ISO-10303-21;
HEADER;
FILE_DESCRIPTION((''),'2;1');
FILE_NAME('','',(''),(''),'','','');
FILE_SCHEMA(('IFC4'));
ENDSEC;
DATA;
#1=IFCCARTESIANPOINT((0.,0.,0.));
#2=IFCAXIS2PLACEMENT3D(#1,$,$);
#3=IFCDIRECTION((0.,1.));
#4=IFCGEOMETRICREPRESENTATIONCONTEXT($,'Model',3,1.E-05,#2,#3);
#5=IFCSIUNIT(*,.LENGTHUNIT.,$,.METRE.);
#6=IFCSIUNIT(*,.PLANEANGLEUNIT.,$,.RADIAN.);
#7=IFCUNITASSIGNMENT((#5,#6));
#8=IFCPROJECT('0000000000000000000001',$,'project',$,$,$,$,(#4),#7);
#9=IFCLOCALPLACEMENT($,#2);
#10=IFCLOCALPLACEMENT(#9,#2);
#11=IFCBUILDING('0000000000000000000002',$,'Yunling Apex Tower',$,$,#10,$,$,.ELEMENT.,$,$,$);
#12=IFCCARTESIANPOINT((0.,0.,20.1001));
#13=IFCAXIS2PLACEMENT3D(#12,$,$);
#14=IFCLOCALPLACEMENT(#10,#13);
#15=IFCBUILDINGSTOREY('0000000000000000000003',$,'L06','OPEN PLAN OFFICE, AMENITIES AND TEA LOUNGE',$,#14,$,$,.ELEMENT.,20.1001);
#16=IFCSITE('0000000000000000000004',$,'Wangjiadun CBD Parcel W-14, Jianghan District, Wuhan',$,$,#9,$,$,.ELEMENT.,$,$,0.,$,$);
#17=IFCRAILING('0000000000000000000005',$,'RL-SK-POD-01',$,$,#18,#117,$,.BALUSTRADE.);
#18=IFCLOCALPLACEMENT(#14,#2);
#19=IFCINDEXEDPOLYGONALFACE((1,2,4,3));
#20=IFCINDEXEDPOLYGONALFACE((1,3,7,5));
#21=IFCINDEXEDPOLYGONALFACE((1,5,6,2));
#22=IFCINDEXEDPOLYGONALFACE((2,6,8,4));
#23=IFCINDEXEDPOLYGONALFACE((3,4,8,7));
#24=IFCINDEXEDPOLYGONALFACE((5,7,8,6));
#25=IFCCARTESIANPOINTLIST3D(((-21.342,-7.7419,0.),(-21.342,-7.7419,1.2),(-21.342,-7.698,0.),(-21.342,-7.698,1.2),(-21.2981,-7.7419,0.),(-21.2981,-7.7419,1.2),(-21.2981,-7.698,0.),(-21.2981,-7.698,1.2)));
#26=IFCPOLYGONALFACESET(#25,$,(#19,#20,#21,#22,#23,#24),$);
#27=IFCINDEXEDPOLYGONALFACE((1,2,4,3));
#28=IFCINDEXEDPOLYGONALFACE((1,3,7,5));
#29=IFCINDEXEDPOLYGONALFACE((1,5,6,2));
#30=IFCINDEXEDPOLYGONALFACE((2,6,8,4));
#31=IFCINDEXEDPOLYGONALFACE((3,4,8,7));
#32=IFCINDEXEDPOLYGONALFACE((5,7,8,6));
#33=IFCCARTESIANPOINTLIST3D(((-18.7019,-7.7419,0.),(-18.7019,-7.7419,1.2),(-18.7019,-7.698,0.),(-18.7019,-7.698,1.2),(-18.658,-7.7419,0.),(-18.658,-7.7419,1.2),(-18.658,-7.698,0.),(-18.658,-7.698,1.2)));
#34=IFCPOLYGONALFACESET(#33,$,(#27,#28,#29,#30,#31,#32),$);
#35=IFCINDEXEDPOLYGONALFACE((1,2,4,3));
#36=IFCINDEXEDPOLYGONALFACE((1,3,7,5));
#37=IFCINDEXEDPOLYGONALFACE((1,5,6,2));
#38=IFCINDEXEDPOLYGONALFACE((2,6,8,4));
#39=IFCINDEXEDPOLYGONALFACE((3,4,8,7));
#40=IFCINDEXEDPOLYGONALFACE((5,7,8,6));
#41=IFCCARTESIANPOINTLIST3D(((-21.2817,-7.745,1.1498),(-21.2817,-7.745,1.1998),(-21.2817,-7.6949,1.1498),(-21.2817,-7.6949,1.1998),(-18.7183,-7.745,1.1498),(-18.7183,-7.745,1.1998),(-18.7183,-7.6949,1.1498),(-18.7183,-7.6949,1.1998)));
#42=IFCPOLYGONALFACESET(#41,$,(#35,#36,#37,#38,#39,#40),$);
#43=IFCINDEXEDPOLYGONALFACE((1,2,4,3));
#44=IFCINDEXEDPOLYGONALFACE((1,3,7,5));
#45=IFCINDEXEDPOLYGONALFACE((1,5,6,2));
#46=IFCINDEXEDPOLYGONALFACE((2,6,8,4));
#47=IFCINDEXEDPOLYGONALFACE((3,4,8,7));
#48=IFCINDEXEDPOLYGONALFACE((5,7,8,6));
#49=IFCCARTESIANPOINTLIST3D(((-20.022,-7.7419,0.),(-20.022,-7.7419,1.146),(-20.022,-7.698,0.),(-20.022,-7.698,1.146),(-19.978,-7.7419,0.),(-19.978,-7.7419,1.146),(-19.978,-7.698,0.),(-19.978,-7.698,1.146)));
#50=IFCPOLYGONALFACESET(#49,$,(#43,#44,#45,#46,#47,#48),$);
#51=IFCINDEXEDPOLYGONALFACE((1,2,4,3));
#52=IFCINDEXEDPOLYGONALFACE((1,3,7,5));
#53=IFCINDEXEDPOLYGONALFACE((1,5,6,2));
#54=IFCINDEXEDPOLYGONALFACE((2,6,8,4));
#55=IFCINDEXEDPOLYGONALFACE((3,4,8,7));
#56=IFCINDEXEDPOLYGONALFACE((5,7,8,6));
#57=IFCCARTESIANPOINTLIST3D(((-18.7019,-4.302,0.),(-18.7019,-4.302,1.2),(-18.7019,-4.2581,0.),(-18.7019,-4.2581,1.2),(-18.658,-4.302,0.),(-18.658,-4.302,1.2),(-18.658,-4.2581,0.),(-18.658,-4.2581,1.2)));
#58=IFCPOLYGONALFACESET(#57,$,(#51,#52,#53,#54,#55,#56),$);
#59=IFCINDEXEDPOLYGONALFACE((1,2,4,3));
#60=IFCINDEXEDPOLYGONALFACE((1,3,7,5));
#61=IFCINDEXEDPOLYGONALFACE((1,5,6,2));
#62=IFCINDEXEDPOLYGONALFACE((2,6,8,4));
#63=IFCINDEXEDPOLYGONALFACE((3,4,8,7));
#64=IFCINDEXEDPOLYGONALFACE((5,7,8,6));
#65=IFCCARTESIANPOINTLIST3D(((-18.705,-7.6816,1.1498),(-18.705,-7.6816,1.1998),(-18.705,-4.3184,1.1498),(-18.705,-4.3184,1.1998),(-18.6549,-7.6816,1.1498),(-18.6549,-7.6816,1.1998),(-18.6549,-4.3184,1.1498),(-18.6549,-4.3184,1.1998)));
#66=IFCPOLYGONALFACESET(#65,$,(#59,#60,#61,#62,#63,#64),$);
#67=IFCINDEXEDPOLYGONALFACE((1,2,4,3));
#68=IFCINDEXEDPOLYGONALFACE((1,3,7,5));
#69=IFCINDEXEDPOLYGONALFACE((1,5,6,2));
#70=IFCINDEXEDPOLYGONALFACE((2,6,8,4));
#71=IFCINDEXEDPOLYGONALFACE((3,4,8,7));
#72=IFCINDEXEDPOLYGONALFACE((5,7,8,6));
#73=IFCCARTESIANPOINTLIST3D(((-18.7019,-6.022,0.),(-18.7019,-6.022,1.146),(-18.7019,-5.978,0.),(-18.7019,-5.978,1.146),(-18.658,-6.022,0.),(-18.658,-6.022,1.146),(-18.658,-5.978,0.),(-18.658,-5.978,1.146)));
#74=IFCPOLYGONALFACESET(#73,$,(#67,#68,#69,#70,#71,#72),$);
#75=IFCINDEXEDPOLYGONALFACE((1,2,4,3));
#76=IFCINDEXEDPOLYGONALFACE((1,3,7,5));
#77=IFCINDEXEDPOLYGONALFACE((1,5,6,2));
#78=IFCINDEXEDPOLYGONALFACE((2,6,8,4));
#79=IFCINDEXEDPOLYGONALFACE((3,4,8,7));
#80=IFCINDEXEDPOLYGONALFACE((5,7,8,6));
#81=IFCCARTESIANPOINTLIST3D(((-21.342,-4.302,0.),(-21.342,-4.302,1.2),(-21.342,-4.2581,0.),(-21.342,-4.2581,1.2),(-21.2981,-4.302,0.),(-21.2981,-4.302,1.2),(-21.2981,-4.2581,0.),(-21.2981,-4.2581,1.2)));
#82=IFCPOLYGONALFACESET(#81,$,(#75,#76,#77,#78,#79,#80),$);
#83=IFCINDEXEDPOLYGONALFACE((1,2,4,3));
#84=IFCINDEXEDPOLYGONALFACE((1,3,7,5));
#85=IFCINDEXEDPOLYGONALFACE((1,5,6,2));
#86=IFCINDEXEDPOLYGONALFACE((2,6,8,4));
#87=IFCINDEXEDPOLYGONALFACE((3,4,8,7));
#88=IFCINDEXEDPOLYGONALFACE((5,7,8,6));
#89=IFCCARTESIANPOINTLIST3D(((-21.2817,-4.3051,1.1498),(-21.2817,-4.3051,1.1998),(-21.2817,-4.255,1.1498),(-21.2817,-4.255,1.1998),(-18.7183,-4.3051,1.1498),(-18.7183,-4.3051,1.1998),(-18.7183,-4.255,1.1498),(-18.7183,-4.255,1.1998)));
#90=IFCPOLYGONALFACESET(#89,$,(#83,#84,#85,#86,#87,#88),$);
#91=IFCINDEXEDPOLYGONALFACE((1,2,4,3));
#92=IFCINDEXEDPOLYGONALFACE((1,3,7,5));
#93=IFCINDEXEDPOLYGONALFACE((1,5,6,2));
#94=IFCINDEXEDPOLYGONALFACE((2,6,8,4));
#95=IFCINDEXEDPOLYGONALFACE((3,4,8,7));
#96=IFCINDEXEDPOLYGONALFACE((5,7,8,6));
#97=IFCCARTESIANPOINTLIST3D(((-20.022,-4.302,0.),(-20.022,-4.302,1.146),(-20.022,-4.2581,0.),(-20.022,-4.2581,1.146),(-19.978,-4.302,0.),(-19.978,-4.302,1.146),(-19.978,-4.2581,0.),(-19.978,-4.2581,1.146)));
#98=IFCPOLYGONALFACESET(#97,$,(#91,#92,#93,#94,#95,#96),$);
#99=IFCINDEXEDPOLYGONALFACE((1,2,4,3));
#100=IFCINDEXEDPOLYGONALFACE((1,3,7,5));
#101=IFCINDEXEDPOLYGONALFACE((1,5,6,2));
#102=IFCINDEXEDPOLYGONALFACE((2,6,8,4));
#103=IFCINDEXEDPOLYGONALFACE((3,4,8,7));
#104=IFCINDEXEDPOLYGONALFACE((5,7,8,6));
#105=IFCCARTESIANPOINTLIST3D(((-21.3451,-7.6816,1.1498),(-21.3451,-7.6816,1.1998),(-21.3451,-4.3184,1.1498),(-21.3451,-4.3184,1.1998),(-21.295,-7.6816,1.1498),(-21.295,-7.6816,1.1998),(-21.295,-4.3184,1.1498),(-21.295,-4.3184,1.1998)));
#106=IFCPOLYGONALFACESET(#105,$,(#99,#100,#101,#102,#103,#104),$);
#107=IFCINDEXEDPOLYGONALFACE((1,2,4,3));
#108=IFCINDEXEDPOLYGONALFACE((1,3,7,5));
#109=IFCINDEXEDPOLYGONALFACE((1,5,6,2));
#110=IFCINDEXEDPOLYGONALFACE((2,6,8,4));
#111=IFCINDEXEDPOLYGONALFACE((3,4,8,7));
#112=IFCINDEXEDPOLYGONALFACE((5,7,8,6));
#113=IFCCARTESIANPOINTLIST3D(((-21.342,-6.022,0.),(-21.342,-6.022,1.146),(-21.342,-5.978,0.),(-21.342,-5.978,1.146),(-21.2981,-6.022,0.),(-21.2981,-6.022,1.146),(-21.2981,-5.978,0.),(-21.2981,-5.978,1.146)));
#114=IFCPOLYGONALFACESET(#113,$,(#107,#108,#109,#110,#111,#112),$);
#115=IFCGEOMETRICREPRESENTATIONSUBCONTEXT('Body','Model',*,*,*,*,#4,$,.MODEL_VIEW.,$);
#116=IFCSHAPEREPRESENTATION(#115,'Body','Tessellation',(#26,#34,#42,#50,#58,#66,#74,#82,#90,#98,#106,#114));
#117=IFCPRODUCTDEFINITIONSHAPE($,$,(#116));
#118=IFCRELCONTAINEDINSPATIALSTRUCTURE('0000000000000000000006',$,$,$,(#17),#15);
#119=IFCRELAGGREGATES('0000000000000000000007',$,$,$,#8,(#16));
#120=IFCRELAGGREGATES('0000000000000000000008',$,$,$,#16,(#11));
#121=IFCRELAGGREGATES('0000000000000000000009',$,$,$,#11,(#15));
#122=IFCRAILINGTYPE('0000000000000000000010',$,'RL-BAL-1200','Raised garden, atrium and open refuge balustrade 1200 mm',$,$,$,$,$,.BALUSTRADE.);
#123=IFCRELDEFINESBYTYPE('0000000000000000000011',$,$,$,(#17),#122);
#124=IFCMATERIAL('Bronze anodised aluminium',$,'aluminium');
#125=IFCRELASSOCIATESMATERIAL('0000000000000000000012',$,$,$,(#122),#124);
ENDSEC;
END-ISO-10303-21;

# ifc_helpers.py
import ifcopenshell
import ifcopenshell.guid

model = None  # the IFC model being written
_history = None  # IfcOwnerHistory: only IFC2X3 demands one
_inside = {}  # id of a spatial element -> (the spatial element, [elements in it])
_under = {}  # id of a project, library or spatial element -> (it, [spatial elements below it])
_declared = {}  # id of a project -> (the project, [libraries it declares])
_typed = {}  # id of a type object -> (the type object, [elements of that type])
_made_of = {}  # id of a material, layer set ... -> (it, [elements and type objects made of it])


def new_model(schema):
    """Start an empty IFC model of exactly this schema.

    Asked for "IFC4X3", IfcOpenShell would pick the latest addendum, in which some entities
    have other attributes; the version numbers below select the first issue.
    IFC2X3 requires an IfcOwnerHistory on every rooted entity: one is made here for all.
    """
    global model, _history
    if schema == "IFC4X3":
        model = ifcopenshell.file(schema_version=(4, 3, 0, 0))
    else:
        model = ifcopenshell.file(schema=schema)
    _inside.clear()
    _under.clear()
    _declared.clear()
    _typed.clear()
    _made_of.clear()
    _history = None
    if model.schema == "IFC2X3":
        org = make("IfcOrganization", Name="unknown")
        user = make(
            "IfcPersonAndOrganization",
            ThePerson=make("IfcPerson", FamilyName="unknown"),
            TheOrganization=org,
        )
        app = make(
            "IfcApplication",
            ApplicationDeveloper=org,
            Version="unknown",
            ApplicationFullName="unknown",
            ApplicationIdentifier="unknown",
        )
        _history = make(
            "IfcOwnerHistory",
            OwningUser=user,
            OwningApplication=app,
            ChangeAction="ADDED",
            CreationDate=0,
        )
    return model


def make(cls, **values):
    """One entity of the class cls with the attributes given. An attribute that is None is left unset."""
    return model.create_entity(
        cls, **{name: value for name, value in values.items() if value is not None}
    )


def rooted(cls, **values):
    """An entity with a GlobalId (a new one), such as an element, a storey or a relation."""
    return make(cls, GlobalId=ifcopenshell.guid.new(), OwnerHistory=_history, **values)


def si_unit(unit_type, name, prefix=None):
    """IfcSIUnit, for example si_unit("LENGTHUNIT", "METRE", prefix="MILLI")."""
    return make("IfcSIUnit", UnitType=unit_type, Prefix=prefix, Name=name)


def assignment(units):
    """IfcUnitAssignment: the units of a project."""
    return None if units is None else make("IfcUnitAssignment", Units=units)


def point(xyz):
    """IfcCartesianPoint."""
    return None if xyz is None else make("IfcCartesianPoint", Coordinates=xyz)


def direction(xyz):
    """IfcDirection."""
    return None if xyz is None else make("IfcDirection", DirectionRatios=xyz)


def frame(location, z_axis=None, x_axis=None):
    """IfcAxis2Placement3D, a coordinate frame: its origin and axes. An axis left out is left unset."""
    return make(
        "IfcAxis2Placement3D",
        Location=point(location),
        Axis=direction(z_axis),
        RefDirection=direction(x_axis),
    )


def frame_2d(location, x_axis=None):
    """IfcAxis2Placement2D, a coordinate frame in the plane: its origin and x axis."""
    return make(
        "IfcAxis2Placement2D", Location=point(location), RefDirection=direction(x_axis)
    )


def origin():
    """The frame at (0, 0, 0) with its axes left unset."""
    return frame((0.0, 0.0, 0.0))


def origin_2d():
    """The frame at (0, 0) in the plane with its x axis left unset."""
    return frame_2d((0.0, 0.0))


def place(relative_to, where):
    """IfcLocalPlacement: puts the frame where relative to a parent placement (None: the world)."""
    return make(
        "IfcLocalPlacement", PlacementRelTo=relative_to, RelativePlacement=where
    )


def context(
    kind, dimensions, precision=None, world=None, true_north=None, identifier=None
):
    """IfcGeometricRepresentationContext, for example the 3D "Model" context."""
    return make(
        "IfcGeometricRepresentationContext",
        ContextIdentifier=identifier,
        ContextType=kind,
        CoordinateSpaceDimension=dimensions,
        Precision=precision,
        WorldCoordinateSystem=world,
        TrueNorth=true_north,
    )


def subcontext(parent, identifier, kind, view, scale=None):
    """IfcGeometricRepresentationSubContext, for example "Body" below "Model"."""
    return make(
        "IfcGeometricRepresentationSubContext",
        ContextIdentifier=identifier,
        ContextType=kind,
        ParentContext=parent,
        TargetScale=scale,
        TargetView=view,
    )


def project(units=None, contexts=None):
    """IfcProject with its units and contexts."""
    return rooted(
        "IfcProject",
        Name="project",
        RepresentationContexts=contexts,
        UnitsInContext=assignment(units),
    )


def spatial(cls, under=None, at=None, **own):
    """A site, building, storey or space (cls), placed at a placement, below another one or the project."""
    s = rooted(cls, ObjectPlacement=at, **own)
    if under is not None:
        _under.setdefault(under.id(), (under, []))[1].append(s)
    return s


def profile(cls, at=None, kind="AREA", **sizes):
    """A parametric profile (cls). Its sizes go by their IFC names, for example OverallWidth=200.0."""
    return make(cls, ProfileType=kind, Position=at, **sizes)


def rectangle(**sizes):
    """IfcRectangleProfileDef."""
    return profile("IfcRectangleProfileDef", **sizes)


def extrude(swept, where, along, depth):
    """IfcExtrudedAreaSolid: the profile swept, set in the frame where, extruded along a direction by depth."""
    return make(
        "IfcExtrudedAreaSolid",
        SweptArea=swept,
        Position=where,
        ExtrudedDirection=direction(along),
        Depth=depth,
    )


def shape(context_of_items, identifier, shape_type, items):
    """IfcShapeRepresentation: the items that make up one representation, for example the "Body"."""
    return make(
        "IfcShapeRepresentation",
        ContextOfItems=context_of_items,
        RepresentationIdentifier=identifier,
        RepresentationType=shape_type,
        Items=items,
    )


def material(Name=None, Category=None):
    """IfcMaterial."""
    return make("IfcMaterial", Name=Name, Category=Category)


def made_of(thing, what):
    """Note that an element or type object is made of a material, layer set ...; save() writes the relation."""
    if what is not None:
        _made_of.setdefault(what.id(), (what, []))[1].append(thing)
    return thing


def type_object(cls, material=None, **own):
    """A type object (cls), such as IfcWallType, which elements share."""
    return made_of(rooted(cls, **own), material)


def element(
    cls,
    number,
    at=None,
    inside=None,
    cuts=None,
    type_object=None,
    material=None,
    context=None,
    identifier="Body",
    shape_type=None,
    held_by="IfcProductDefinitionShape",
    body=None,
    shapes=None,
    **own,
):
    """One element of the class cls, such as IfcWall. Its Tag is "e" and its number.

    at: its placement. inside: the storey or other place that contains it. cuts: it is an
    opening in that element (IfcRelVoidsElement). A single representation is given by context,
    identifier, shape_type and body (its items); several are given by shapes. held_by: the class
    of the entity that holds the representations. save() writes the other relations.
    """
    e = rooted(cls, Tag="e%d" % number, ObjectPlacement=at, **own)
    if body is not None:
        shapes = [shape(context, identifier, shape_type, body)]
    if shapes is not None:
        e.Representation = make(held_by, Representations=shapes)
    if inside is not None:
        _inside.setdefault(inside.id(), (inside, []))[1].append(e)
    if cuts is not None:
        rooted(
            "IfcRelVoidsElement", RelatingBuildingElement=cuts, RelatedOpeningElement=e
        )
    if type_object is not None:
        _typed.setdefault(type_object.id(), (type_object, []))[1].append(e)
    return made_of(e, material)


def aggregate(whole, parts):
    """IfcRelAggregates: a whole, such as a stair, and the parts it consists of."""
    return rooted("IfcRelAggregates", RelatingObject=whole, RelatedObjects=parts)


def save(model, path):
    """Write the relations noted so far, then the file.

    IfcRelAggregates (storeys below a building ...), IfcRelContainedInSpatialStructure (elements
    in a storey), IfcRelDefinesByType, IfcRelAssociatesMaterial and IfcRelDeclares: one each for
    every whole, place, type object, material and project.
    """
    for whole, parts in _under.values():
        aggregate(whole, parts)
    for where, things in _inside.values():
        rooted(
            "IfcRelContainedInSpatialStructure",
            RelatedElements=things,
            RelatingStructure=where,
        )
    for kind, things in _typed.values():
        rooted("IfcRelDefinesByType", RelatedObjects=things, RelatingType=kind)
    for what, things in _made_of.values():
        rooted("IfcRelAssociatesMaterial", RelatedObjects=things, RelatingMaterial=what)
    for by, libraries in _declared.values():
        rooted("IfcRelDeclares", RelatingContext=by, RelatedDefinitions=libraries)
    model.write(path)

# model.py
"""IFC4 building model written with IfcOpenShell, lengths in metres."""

from ifc_helpers import new_model, si_unit, direction, frame, origin, origin_2d, place, context, subcontext, project, spatial, rectangle, extrude, material, type_object, element, save


model = new_model("IFC4")

# Units and contexts
model_context = context("Model", 3, precision=1e-05, world=origin(), true_north=direction((0.0, 1.0)))
body_context = subcontext(model_context, "Body", "Model", "MODEL_VIEW")
ifc_project = project(units=[si_unit("LENGTHUNIT", "METRE"), si_unit("PLANEANGLEUNIT", "RADIAN")], contexts=[model_context])

# Site, building, storey
site_placement = place(None, origin())
site = spatial("IfcSite", under=ifc_project, at=site_placement, Name="Wangjiadun CBD Parcel W-14, Jianghan District, Wuhan", CompositionType="ELEMENT", RefElevation=0.0)
building_placement = place(site_placement, origin())
building = spatial("IfcBuilding", under=site, at=building_placement, Name="Yunling Apex Tower", CompositionType="ELEMENT")
storey_placement = place(building_placement, frame((0.0, 0.0, 20.1001)))
storey = spatial("IfcBuildingStorey", under=building, at=storey_placement, Name="L06", Description="OPEN PLAN OFFICE, AMENITIES AND TEA LOUNGE", CompositionType="ELEMENT", Elevation=20.1001)

# Shared definitions
ifc_material_1 = material(Name="Bronze anodised aluminium", Category="aluminium")

# Railing
railing_type = type_object("IfcRailingType", Name="RL-BAL-1200", Description="Raised garden, atrium and open refuge balustrade 1200 mm", PredefinedType="BALUSTRADE", material=ifc_material_1)
railing_placement = place(storey_placement, frame((-21.3201, -7.72, 0.0)))
element("IfcRailing", 1, at=railing_placement, inside=storey, type_object=railing_type, Name="RL-SK-POD-01", PredefinedType="BALUSTRADE", context=body_context, shape_type="SweptSolid", body=[
    extrude(rectangle(XDim=0.0439, YDim=0.0439, at=origin_2d()), origin(), (0.0, 0.0, 1.0), 1.2),
    extrude(rectangle(XDim=0.0439, YDim=0.0439, at=origin_2d()), frame((2.6401, 0.0, 0.0)), (0.0, 0.0, 1.0), 1.2),
    extrude(rectangle(XDim=0.05, YDim=0.05, at=origin_2d()), frame((0.0383, 0.0, 1.1748), z_axis=(1.0, 0.0, 0.0), x_axis=(0.0, 1.0, 0.0)), (0.0, 0.0, 1.0), 2.5635),
    extrude(rectangle(XDim=0.0439, YDim=0.0439, at=origin_2d()), frame((1.3201, 0.0, 0.0)), (0.0, 0.0, 1.0), 1.146),
    extrude(rectangle(XDim=0.0439, YDim=0.0439, at=origin_2d()), frame((2.6401, 3.4399, 0.0)), (0.0, 0.0, 1.0), 1.2),
    extrude(rectangle(XDim=0.05, YDim=0.05, at=origin_2d()), frame((2.6401, 0.0383, 1.1748), z_axis=(0.0, 1.0, 0.0), x_axis=(-1.0, 0.0, 0.0)), (0.0, 0.0, 1.0), 3.3633),
    extrude(rectangle(XDim=0.0439, YDim=0.0439, at=origin_2d()), frame((2.6401, 1.72, 0.0)), (0.0, 0.0, 1.0), 1.146),
    extrude(rectangle(XDim=0.0439, YDim=0.0439, at=origin_2d()), frame((0.0, 3.4399, 0.0)), (0.0, 0.0, 1.0), 1.2),
    extrude(rectangle(XDim=0.05, YDim=0.05, at=origin_2d()), frame((2.6018, 3.4399, 1.1748), z_axis=(-1.0, 0.0, 0.0), x_axis=(0.0, -1.0, 0.0)), (0.0, 0.0, 1.0), 2.5635),
    extrude(rectangle(XDim=0.0439, YDim=0.0439, at=origin_2d()), frame((1.3201, 3.4399, 0.0)), (0.0, 0.0, 1.0), 1.146),
    extrude(rectangle(XDim=0.05, YDim=0.05, at=origin_2d()), frame((0.0, 3.4016, 1.1748), z_axis=(0.0, -1.0, 0.0), x_axis=(1.0, 0.0, 0.0)), (0.0, 0.0, 1.0), 3.3633),
    extrude(rectangle(XDim=0.0439, YDim=0.0439, at=origin_2d()), frame((0.0, 1.72, 0.0)), (0.0, 0.0, 1.0), 1.146),
])

save(model, "model.ifc")
